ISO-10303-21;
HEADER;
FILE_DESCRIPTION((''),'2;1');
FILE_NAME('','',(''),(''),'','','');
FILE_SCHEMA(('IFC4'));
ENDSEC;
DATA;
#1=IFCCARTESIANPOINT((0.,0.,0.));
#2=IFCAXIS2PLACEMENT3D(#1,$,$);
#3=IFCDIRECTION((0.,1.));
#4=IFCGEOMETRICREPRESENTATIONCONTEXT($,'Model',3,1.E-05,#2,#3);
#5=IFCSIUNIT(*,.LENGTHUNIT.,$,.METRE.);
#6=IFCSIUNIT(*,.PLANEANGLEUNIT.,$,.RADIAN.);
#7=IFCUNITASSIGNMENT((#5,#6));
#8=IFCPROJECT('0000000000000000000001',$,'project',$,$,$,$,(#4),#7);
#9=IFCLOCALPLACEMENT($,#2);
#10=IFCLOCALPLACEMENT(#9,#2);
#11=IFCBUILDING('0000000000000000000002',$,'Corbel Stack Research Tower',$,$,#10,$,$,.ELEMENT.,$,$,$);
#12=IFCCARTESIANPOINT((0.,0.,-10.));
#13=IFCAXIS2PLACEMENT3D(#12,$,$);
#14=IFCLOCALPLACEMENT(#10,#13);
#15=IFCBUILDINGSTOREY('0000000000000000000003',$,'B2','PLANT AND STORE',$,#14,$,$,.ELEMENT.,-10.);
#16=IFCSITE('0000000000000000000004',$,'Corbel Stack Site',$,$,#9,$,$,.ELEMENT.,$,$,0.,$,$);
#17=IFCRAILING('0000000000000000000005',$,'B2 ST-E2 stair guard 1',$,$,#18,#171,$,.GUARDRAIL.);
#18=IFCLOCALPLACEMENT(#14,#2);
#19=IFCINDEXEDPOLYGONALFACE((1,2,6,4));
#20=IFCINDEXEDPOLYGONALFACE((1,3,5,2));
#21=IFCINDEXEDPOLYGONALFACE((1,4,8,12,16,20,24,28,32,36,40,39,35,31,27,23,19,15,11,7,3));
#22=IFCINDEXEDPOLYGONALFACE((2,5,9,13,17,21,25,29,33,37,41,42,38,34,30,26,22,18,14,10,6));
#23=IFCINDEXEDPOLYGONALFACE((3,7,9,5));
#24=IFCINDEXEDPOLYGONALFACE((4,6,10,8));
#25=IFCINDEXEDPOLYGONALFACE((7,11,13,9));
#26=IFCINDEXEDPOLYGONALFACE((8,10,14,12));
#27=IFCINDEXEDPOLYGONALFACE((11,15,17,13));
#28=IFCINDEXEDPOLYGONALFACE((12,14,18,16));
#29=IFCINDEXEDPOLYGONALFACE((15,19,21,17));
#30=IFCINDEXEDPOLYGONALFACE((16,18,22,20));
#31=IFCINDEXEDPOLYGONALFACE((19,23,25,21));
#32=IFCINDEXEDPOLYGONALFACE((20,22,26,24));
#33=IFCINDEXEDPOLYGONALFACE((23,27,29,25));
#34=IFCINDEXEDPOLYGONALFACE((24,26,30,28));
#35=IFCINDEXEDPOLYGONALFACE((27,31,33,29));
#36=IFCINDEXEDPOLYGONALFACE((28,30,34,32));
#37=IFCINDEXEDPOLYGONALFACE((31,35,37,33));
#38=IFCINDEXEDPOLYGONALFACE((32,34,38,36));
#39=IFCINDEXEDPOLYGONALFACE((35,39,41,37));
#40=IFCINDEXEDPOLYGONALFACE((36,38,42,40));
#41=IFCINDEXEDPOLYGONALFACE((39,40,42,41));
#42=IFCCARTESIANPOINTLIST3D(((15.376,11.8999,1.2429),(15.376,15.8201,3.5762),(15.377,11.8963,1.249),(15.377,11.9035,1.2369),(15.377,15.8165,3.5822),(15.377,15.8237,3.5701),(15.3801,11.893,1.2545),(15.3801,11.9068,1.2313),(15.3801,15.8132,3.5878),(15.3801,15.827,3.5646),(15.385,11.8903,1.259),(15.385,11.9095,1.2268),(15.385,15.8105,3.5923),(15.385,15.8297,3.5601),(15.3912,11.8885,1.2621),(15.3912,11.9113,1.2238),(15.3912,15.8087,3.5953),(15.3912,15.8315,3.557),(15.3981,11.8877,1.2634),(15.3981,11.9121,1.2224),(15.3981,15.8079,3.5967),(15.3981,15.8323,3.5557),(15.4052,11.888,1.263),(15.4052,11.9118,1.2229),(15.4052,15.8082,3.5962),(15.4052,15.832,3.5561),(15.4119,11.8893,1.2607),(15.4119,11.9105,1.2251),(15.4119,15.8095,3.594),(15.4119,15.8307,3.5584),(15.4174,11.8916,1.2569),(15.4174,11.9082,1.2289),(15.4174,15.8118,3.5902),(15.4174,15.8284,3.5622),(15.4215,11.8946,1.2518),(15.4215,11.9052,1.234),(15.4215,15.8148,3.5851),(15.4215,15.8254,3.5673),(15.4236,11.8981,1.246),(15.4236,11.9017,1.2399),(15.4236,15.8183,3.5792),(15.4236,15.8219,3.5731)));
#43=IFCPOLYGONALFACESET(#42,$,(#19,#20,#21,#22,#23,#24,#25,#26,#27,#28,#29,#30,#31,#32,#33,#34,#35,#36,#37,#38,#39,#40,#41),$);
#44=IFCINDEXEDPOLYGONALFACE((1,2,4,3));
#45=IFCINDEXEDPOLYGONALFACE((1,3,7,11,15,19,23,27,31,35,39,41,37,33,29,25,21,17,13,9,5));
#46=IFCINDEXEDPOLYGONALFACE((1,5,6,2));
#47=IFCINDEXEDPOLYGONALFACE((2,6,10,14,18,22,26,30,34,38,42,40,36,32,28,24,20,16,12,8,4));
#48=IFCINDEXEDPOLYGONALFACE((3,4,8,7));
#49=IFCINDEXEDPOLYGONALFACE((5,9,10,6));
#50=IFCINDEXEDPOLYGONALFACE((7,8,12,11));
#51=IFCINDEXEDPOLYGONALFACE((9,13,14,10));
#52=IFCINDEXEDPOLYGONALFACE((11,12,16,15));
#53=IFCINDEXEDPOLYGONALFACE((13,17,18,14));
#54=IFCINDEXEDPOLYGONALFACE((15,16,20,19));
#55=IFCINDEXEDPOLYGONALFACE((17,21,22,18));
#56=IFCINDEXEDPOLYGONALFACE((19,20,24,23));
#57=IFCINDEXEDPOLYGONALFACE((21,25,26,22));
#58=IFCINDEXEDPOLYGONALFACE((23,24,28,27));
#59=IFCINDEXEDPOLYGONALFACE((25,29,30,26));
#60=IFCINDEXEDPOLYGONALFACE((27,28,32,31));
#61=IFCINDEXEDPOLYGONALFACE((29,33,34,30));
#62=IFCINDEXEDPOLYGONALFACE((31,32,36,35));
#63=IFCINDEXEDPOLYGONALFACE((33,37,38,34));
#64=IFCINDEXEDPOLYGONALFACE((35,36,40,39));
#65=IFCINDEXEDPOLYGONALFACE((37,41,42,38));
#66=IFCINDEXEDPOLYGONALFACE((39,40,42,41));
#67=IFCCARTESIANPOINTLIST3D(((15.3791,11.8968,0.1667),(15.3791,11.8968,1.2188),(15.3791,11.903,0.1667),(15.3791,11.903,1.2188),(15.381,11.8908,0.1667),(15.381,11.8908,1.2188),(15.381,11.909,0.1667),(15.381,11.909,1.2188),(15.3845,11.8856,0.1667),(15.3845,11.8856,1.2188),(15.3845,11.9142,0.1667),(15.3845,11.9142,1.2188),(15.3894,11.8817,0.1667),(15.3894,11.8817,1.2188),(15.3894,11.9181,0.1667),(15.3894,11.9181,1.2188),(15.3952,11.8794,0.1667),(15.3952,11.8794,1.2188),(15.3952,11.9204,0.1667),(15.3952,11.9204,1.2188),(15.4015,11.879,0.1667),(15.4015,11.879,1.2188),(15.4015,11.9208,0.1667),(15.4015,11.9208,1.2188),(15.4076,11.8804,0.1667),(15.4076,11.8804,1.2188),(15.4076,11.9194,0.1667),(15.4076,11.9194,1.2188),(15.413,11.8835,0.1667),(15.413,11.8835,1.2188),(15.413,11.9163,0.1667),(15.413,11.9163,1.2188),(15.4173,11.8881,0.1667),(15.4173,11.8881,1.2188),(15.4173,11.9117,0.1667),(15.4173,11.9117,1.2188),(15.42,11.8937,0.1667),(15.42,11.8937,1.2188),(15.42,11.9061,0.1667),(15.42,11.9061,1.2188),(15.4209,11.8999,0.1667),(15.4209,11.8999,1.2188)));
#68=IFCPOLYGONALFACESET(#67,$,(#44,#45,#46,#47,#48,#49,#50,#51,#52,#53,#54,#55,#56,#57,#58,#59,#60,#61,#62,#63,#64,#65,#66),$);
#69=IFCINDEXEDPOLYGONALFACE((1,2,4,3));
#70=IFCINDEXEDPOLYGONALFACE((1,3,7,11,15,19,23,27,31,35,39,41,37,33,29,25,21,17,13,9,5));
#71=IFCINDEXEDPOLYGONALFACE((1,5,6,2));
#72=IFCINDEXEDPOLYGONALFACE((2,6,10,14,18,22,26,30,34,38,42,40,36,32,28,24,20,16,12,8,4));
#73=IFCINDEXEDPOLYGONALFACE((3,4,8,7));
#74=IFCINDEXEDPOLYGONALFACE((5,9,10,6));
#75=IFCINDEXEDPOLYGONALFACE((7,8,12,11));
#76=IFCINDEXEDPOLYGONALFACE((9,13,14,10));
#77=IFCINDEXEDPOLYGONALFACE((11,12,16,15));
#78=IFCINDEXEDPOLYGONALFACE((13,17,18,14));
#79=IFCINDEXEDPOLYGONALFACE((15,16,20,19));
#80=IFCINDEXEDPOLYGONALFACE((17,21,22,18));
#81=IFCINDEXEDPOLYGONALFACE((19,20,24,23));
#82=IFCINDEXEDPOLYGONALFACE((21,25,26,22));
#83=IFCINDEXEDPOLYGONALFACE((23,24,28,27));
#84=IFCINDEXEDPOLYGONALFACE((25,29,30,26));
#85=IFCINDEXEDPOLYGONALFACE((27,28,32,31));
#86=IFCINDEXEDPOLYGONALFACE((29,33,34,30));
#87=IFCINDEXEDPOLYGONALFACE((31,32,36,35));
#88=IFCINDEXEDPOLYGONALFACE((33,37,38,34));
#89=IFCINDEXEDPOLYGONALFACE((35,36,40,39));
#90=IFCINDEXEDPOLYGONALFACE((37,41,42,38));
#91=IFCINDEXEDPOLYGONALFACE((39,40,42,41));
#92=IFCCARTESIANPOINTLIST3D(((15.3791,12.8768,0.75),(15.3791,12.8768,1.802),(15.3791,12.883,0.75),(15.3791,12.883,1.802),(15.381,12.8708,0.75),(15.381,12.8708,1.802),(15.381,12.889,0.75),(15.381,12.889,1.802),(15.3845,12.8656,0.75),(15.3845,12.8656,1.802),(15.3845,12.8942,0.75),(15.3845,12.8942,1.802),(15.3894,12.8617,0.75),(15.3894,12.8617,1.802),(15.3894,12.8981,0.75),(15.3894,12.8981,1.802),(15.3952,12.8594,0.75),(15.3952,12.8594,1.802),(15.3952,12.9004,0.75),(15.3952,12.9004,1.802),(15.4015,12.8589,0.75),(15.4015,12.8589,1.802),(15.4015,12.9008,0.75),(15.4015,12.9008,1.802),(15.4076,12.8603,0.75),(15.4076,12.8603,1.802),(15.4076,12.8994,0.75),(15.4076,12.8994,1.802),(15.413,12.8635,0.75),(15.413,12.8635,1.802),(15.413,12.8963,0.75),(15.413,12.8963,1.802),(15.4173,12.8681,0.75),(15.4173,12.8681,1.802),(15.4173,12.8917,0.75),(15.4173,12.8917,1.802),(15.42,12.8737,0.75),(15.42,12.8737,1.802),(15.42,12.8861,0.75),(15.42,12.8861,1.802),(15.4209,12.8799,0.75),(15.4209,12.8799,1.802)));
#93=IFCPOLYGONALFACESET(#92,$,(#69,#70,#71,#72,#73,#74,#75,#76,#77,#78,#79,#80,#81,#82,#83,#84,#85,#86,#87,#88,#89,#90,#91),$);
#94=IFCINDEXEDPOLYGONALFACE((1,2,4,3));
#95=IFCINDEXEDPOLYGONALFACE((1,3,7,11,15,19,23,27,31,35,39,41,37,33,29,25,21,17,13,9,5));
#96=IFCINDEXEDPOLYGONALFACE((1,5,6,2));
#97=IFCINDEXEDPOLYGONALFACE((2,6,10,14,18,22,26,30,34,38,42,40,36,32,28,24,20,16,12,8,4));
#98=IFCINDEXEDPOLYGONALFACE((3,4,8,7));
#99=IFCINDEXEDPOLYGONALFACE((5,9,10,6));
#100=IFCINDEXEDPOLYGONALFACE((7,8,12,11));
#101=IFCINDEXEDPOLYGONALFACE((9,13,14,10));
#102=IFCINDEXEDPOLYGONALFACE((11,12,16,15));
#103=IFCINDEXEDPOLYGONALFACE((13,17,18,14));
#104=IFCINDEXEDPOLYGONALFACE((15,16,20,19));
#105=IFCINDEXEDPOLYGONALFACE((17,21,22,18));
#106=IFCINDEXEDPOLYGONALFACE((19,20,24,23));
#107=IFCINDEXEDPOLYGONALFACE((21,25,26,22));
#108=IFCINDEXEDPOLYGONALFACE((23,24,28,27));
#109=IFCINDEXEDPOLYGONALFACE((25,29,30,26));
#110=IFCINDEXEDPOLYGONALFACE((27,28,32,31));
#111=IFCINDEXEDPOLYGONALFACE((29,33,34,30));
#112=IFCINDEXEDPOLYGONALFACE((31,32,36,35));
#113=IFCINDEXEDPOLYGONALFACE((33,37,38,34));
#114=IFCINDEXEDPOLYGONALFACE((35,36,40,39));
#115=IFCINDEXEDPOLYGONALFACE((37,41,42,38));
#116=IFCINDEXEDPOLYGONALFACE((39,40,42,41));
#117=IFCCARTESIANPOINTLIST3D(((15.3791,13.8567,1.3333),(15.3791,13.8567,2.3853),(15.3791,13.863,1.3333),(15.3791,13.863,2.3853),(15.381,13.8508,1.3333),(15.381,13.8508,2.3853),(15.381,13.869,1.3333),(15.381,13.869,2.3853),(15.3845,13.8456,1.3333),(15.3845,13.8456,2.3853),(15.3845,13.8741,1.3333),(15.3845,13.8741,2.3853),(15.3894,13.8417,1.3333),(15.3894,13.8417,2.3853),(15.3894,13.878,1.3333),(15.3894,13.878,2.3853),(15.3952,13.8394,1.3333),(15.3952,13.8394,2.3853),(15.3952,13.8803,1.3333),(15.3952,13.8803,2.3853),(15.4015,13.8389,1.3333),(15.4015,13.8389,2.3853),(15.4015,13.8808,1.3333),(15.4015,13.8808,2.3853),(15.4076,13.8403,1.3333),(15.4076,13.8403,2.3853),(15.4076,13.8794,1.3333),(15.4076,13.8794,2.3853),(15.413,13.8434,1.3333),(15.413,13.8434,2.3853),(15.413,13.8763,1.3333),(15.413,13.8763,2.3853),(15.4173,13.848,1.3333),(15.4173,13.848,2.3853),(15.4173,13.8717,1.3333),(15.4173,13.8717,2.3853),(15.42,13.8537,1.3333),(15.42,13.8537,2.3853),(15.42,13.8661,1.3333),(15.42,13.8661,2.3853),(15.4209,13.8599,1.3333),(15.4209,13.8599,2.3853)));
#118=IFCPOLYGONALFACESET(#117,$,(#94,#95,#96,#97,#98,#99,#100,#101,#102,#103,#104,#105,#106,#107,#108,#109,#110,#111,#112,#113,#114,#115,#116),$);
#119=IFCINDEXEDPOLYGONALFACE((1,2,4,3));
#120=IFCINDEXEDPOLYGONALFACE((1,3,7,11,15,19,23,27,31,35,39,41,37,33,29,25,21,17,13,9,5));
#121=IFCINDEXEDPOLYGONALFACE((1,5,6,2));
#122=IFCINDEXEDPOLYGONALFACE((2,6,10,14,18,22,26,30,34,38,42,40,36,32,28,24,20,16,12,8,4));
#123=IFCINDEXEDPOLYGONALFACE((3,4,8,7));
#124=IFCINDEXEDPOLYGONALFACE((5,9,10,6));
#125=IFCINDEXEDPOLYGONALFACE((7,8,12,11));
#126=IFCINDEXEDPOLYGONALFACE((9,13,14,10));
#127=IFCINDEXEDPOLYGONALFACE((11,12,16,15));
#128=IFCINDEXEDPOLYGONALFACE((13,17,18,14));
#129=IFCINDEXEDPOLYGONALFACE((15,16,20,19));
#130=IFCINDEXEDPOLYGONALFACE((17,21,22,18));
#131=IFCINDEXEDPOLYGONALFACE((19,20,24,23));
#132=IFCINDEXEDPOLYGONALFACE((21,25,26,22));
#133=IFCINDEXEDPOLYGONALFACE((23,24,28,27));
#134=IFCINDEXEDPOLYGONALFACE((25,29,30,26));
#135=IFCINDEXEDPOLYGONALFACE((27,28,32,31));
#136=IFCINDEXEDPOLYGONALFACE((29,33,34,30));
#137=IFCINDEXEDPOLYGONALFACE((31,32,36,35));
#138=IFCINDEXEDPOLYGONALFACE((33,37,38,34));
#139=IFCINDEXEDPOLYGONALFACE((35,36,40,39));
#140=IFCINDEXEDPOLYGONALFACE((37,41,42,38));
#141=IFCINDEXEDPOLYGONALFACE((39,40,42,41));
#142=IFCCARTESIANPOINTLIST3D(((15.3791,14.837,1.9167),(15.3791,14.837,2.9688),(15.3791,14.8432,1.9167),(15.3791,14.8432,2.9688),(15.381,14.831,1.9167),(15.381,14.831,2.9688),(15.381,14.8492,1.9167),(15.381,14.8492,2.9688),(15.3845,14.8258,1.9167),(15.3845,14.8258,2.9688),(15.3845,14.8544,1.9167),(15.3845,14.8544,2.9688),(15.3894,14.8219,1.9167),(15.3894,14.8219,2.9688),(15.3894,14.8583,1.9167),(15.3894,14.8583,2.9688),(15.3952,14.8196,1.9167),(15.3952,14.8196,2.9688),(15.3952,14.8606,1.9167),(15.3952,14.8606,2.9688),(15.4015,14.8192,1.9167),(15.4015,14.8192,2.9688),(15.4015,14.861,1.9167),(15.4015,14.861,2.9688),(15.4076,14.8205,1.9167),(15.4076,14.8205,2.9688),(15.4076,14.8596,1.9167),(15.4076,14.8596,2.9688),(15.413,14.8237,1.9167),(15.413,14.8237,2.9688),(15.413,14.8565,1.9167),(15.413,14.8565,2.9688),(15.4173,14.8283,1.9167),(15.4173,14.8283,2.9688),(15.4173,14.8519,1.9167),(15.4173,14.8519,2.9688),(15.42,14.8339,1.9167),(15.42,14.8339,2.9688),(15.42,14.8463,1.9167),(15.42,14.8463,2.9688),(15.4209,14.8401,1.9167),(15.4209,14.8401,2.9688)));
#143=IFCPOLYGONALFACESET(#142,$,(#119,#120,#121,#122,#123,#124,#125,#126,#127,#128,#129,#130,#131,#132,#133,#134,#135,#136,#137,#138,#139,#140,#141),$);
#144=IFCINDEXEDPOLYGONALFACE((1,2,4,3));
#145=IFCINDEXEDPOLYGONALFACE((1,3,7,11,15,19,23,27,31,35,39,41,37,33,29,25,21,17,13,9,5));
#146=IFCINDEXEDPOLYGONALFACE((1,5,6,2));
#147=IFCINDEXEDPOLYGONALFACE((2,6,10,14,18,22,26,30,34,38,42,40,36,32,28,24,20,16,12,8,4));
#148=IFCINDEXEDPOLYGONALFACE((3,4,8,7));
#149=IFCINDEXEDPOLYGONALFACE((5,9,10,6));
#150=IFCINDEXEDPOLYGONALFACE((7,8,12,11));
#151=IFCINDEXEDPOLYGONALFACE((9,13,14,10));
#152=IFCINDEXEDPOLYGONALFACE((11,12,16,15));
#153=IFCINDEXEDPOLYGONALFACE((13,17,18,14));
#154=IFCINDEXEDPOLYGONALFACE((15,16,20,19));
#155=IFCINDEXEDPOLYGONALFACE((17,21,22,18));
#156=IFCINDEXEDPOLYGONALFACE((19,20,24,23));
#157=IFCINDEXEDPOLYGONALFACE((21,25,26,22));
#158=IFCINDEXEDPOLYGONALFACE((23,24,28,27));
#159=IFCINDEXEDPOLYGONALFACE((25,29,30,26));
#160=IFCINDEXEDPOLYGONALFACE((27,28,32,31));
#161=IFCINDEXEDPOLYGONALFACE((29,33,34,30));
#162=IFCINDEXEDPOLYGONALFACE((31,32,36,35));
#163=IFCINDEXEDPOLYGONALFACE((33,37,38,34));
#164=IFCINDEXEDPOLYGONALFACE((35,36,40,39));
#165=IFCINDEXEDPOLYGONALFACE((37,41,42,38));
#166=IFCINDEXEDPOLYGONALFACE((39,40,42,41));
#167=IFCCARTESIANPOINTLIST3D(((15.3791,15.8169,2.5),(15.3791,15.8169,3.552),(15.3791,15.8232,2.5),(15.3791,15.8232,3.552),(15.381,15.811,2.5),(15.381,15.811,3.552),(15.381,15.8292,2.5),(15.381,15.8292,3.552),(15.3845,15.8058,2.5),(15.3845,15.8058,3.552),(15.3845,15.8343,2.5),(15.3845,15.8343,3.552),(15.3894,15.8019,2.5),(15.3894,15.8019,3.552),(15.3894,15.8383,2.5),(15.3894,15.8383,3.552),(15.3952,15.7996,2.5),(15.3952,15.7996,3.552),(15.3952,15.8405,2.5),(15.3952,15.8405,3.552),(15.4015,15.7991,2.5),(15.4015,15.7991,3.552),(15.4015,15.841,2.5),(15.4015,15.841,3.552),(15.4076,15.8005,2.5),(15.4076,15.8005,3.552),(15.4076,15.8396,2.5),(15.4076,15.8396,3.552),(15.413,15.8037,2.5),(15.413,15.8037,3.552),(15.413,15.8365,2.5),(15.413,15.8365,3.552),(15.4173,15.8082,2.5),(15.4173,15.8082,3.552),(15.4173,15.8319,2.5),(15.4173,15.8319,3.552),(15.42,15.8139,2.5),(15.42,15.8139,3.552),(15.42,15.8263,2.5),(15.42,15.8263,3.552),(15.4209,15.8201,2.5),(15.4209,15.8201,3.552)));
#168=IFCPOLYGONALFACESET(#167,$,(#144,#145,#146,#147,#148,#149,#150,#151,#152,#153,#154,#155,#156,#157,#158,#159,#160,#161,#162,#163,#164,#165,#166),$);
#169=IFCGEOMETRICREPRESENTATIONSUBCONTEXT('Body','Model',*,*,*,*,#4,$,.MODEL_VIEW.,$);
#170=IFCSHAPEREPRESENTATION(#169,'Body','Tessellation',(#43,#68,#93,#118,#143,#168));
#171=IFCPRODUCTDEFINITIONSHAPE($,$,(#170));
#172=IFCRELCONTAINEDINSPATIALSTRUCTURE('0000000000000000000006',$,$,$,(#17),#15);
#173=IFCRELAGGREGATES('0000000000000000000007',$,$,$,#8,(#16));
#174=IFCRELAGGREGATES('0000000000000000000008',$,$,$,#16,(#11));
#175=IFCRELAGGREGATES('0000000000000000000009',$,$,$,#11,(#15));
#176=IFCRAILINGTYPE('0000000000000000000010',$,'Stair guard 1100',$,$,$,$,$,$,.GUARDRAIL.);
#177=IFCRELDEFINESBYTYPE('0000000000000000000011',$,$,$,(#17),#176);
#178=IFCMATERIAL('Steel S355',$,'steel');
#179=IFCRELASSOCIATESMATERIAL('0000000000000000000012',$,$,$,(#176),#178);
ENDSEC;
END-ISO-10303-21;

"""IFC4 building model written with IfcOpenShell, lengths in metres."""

from ifc_helpers import new_model, si_unit, direction, frame, origin, origin_2d, place, context, subcontext, project, spatial, circle, extrude, material, type_object, element, save


model = new_model("IFC4")

# Units and contexts
model_context = context("Model", 3, precision=1e-05, world=origin(), true_north=direction((0.0, 1.0)))
body_context = subcontext(model_context, "Body", "Model", "MODEL_VIEW")
ifc_project = project(units=[si_unit("LENGTHUNIT", "METRE"), si_unit("PLANEANGLEUNIT", "RADIAN")], contexts=[model_context])

# Site, building, storey
site_placement = place(None, origin())
site = spatial("IfcSite", under=ifc_project, at=site_placement, Name="Corbel Stack Site", CompositionType="ELEMENT", RefElevation=0.0)
building_placement = place(site_placement, origin())
building = spatial("IfcBuilding", under=site, at=building_placement, Name="Corbel Stack Research Tower", CompositionType="ELEMENT")
storey_placement = place(building_placement, frame((0.0, 0.0, -10.0)))
storey = spatial("IfcBuildingStorey", under=building, at=storey_placement, Name="B2", Description="PLANT AND STORE", CompositionType="ELEMENT", Elevation=-10.0)

# Railing
ifc_material_1 = material(Name="Steel S355", Category="steel")
railing_type_1 = type_object("IfcRailingType", Name="Stair guard 1100", PredefinedType="GUARDRAIL", material=ifc_material_1)
railing_1_placement = place(storey_placement, frame((15.3999, 11.8999, 0.1667)))
element("IfcRailing", 1, at=railing_1_placement, inside=storey, type_object=railing_type_1, Name="B2 ST-E2 stair guard 1", PredefinedType="GUARDRAIL", context=body_context, shape_type="SweptSolid", body=[
    extrude(circle(Radius=0.0239, at=origin_2d()), frame((0.0, 0.0, 1.0762), z_axis=(0.0, 0.85931, 0.511455), x_axis=(-1.0, 0.0, 0.0)), (0.0, 0.0, 1.0), 4.562),
    extrude(circle(Radius=0.021, at=origin_2d()), origin(), (0.0, 0.0, 1.0), 1.052),
    extrude(circle(Radius=0.021, at=origin_2d()), frame((0.0, 0.98, 0.5833)), (0.0, 0.0, 1.0), 1.052),
    extrude(circle(Radius=0.021, at=origin_2d()), frame((0.0, 1.96, 1.1665)), (0.0, 0.0, 1.0), 1.052),
    extrude(circle(Radius=0.021, at=origin_2d()), frame((0.0, 2.9402, 1.75)), (0.0, 0.0, 1.0), 1.052),
    extrude(circle(Radius=0.021, at=origin_2d()), frame((0.0, 3.9202, 2.3333)), (0.0, 0.0, 1.0), 1.052),
])

save(model, "model.ifc")
